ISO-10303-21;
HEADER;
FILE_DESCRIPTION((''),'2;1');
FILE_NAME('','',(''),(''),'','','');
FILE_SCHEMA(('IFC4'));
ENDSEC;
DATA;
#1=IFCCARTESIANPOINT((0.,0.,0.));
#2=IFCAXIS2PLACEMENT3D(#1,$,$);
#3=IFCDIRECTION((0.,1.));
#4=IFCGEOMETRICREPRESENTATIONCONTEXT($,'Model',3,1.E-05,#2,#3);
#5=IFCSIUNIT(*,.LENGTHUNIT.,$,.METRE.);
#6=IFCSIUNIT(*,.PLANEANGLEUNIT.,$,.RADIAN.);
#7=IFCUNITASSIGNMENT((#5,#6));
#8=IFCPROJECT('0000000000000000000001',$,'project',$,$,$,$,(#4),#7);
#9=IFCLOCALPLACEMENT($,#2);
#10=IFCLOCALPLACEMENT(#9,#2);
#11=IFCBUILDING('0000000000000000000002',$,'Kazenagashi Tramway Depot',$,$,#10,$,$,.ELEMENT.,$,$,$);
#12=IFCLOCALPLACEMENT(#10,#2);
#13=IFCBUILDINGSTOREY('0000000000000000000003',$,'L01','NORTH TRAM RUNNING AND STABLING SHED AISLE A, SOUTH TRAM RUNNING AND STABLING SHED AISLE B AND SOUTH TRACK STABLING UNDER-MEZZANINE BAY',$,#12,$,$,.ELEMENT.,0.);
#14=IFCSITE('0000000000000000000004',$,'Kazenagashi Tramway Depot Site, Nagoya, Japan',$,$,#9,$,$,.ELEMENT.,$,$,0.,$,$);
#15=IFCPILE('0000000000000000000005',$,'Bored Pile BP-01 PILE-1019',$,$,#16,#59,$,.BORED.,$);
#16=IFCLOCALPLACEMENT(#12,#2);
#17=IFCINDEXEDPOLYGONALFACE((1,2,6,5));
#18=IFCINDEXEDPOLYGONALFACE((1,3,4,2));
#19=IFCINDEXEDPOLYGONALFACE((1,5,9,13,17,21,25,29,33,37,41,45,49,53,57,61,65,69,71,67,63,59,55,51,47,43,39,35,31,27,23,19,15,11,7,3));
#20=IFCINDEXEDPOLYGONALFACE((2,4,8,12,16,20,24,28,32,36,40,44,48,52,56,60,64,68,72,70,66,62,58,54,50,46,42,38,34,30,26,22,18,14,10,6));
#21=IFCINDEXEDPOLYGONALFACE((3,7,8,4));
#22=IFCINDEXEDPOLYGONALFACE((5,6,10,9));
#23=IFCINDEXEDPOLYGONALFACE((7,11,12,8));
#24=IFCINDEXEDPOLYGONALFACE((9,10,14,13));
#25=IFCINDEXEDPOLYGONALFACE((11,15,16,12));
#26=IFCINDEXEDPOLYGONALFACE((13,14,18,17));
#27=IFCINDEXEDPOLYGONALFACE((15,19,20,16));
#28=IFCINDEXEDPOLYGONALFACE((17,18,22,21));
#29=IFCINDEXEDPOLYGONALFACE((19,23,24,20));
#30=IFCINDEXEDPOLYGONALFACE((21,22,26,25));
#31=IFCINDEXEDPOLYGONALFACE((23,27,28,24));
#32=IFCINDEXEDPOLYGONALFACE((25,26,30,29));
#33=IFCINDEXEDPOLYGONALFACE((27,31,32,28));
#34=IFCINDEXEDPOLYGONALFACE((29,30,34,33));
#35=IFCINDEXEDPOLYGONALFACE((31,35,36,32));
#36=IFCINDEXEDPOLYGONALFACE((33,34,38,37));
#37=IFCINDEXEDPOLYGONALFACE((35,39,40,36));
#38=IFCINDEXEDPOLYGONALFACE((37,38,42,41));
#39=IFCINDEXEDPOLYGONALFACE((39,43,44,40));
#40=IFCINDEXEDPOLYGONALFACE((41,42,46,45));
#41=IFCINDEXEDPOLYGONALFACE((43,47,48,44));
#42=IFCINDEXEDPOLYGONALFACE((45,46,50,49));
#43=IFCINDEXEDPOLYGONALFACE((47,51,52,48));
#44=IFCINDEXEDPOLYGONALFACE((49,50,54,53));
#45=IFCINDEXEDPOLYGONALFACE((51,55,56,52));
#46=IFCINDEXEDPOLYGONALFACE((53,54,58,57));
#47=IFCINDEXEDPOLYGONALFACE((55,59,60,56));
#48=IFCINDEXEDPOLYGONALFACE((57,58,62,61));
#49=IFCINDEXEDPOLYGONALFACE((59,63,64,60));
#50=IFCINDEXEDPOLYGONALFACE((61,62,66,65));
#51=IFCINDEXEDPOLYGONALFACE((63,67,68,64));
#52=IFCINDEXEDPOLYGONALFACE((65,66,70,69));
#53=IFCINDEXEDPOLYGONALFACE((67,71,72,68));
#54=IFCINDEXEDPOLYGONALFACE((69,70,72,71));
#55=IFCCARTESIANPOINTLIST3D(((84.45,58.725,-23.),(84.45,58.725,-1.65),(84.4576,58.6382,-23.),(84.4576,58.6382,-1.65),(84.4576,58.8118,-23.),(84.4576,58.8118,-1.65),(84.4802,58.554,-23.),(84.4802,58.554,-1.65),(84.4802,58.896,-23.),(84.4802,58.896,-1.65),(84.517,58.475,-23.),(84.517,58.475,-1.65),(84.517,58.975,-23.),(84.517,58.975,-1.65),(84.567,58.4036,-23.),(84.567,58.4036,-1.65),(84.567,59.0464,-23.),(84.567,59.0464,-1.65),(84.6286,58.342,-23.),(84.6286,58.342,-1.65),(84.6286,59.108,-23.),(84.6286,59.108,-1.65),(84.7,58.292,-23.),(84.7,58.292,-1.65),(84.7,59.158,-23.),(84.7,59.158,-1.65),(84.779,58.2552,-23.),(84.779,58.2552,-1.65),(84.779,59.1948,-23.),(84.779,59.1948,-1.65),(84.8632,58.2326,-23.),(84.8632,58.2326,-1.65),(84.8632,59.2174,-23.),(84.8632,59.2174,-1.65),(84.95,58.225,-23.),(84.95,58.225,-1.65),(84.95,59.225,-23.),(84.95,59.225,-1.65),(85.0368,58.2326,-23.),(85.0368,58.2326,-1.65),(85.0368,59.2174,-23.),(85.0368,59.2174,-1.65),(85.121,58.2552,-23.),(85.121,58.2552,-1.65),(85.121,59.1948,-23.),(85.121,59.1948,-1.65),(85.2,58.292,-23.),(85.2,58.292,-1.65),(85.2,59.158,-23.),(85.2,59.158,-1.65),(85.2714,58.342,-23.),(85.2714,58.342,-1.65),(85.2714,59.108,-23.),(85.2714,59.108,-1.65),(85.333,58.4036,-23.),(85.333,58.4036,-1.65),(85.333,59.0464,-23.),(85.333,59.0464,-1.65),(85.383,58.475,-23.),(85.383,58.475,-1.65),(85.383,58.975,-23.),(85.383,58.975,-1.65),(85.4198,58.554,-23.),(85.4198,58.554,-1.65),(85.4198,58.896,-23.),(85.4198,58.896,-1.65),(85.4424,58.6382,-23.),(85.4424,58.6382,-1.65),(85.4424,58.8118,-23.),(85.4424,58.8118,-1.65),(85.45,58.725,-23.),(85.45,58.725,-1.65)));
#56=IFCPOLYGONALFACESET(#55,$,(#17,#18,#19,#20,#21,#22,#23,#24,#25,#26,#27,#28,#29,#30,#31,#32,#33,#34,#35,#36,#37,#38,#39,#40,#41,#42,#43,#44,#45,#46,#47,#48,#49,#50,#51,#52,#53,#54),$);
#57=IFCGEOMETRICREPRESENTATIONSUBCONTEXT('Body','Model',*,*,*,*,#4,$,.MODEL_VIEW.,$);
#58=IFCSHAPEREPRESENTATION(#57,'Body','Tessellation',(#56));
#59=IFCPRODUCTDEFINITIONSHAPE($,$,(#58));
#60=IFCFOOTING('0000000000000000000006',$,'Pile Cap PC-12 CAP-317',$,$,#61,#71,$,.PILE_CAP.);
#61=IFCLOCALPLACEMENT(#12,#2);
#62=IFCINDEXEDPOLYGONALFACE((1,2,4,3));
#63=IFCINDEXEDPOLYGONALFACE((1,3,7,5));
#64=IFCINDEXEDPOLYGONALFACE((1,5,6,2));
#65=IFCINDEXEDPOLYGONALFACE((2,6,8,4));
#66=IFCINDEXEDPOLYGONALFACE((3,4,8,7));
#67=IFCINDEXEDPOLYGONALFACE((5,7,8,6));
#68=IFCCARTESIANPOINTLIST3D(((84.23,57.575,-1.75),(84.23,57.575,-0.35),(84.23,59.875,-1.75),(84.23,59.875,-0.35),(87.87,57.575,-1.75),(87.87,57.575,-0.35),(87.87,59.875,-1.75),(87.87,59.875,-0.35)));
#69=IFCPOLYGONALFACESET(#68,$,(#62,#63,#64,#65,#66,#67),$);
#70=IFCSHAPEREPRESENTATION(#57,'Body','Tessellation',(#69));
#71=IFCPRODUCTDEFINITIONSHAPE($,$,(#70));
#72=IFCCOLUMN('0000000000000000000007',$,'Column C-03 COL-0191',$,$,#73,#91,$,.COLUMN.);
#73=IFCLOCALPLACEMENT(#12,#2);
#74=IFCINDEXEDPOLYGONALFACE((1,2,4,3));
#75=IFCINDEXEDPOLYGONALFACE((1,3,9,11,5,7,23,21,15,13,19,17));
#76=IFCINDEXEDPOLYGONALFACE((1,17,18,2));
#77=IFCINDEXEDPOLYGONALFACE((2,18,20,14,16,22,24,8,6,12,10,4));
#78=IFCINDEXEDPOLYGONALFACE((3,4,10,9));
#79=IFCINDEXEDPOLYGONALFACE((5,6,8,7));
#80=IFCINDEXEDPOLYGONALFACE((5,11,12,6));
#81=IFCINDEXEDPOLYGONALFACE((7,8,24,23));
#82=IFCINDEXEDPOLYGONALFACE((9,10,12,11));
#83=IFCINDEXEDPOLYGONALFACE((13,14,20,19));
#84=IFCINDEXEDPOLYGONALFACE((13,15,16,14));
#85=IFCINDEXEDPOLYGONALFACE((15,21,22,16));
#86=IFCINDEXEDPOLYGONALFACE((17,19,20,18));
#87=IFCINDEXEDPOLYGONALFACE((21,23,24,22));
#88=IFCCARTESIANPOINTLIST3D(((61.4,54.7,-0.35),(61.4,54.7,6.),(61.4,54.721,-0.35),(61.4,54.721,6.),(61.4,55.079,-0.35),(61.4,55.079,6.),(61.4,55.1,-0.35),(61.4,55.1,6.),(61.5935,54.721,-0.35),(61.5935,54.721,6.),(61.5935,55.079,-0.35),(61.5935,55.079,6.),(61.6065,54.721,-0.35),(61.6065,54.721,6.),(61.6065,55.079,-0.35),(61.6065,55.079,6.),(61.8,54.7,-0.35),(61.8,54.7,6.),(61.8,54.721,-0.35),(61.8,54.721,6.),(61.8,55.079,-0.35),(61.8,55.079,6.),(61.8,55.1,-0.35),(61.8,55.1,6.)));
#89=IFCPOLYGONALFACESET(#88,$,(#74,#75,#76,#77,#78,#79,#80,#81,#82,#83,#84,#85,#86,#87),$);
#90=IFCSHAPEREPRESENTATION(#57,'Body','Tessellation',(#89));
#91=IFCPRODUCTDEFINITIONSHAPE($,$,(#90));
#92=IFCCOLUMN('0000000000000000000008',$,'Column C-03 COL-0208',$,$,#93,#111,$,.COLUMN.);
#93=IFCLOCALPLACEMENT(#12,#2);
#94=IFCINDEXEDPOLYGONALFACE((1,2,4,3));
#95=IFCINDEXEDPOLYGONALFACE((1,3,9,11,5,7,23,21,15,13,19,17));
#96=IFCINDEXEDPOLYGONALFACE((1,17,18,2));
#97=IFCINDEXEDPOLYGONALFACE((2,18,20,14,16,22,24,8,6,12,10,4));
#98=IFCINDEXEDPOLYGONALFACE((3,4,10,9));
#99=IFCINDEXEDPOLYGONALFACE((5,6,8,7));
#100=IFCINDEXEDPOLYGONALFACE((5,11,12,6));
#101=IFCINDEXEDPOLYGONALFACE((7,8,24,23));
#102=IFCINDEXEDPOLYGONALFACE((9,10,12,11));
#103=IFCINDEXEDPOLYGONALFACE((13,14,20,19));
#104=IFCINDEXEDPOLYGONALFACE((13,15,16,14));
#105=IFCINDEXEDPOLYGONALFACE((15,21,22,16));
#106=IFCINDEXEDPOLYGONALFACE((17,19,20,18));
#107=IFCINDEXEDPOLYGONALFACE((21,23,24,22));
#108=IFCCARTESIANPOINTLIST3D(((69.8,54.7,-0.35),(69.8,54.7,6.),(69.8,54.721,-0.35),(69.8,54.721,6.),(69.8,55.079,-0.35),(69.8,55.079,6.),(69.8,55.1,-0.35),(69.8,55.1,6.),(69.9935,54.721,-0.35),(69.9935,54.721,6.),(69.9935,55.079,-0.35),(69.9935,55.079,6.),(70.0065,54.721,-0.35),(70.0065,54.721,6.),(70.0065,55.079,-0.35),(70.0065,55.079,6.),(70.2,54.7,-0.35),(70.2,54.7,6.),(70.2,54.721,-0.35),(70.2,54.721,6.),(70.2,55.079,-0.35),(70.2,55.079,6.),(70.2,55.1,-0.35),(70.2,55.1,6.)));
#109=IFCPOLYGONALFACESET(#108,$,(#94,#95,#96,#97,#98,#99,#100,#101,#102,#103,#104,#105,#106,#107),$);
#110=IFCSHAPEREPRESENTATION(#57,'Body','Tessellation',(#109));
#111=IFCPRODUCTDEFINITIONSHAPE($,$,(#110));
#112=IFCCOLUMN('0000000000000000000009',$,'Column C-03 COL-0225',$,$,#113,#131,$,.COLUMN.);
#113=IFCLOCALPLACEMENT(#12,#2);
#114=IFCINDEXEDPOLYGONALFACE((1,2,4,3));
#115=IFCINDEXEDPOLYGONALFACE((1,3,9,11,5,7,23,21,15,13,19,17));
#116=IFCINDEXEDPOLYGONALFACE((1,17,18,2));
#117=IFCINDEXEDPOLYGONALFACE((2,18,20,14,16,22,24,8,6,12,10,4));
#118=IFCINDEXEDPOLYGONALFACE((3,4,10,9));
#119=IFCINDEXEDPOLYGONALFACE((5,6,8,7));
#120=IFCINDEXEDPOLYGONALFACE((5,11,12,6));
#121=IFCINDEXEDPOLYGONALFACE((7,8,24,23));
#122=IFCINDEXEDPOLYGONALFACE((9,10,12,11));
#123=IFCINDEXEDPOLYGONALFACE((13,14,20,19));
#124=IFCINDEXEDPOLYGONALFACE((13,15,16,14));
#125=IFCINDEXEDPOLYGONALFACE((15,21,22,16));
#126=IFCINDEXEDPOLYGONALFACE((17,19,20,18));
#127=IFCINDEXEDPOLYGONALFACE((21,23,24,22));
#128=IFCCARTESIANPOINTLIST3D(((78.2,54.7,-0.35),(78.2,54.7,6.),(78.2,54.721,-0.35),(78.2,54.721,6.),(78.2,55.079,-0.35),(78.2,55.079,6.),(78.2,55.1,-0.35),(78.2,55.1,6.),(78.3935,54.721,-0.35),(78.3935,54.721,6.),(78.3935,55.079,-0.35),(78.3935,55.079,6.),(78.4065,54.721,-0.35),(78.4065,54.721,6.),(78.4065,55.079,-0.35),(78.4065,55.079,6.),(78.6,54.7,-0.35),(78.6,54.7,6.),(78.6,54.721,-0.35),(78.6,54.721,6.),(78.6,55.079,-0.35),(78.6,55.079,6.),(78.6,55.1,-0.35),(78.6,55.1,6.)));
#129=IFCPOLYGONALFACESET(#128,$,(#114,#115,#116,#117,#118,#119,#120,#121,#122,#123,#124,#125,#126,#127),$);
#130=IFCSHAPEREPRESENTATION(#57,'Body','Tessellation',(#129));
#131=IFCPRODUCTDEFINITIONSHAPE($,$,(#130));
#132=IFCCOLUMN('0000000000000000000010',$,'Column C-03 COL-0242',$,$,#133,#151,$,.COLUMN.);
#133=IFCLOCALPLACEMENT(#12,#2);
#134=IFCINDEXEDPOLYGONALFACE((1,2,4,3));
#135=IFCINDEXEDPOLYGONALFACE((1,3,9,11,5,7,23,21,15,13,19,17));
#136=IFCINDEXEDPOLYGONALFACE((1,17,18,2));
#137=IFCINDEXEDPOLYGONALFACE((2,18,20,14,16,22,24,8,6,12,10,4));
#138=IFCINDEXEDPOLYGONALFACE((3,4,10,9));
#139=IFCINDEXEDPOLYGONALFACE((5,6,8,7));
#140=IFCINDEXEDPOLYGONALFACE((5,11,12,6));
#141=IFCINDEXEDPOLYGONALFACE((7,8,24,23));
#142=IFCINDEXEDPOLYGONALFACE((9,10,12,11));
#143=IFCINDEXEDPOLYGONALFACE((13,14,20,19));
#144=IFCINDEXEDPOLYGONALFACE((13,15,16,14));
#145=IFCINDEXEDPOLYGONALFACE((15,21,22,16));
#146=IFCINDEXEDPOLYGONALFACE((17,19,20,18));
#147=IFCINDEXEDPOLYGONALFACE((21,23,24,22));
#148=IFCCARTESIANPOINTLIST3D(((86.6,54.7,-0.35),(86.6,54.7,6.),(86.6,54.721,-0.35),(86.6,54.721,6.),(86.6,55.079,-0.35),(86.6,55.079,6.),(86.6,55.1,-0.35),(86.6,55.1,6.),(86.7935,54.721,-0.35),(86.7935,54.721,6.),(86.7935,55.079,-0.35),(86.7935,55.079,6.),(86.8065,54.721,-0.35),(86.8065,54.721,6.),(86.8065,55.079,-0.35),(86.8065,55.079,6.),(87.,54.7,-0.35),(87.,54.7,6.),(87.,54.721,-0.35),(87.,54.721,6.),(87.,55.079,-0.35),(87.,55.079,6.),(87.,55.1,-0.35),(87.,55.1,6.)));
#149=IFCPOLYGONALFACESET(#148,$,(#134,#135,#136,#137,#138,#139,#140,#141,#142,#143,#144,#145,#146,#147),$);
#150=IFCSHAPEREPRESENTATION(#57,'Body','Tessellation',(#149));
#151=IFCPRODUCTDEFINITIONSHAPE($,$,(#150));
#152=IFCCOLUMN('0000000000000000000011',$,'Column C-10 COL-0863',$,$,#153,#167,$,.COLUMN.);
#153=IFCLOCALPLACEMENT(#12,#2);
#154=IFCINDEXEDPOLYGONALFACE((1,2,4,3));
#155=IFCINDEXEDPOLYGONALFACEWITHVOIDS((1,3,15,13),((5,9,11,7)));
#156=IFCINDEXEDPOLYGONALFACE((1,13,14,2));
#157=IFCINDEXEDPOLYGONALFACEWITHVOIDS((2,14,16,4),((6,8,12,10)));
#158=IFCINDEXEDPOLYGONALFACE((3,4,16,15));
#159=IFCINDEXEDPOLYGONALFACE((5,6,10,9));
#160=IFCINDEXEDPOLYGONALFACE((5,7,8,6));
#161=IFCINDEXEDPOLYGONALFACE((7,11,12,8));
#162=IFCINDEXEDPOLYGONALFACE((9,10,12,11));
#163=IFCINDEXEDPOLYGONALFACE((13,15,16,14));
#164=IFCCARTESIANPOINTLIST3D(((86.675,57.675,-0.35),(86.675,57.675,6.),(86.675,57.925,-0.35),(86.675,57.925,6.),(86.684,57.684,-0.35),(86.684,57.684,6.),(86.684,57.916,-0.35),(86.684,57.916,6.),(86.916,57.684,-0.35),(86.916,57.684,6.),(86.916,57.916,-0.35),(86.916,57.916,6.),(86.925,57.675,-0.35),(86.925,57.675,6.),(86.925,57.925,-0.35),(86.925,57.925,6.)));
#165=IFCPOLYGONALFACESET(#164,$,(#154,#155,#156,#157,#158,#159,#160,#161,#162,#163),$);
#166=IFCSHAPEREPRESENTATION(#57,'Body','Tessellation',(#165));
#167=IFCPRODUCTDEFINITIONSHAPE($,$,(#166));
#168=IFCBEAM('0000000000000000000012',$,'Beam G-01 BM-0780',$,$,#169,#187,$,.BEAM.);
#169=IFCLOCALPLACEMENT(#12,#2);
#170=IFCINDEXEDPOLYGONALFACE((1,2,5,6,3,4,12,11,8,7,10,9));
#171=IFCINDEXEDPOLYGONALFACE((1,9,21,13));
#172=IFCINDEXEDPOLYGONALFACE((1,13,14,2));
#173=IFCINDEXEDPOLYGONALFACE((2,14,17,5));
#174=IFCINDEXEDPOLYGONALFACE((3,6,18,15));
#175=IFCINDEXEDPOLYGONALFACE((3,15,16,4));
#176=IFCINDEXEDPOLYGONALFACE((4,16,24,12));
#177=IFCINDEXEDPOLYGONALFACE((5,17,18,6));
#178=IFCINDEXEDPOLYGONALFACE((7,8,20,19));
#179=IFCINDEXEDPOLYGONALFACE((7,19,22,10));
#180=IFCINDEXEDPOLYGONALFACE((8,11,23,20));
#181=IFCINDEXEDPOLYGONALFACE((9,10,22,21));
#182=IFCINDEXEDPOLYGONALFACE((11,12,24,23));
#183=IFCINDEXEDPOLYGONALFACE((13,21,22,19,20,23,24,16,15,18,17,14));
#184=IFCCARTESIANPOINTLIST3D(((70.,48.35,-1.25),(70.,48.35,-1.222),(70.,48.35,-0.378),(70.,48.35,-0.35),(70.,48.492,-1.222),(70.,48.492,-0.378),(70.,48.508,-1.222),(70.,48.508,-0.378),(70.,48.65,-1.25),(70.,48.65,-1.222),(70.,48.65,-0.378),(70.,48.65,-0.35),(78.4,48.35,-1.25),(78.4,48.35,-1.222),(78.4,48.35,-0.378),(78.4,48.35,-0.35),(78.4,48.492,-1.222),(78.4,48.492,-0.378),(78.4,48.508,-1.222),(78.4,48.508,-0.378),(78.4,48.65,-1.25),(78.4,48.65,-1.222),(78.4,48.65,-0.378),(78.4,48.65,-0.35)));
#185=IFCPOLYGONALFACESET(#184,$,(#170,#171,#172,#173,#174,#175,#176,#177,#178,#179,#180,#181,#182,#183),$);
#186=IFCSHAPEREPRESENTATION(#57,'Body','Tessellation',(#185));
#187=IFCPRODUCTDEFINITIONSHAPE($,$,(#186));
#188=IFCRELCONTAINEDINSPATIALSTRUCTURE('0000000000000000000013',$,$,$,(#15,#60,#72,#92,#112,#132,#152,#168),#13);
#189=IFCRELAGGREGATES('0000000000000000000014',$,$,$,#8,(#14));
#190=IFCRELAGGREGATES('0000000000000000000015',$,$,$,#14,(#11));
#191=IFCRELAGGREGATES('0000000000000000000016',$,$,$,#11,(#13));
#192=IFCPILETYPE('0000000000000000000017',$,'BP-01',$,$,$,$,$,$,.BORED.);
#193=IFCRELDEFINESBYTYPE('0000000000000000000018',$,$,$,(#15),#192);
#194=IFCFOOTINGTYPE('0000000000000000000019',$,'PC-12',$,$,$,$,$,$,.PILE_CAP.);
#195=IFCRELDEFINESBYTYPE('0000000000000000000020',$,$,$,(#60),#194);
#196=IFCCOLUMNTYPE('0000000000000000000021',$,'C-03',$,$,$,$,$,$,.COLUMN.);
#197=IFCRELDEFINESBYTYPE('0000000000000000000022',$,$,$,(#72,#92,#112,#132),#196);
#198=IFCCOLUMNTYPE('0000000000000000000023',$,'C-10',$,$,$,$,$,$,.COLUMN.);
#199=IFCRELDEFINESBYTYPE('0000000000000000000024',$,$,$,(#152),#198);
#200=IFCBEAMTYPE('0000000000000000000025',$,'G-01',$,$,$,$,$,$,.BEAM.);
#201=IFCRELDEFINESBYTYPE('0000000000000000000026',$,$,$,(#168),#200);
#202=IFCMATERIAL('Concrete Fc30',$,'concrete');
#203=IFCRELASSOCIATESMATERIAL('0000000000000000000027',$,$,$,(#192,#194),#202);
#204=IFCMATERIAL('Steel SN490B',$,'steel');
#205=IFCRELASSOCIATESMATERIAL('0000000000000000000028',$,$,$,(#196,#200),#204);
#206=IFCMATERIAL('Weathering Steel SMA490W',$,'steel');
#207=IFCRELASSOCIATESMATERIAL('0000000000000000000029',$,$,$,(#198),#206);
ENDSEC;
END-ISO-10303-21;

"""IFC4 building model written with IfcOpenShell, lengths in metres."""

from ifc_helpers import new_model, si_unit, direction, frame, origin, origin_2d, place, context, subcontext, project, spatial, rectangle, hollow_rectangle, circle, i_section, extrude, material, material_profile, profile_set, type_object, element, save


model = new_model("IFC4")

# Units and contexts
model_context = context("Model", 3, precision=1e-05, world=origin(), true_north=direction((0.0, 1.0)))
body_context = subcontext(model_context, "Body", "Model", "MODEL_VIEW")
ifc_project = project(units=[si_unit("LENGTHUNIT", "METRE"), si_unit("PLANEANGLEUNIT", "RADIAN")], contexts=[model_context])

# Site, building, storey
site_placement = place(None, origin())
site = spatial("IfcSite", under=ifc_project, at=site_placement, Name="Kazenagashi Tramway Depot Site, Nagoya, Japan", CompositionType="ELEMENT", RefElevation=0.0)
building_placement = place(site_placement, origin())
building = spatial("IfcBuilding", under=site, at=building_placement, Name="Kazenagashi Tramway Depot", CompositionType="ELEMENT")
storey_placement = place(building_placement, origin())
storey = spatial("IfcBuildingStorey", under=building, at=storey_placement, Name="L01", Description="NORTH TRAM RUNNING AND STABLING SHED AISLE A, SOUTH TRAM RUNNING AND STABLING SHED AISLE B AND SOUTH TRACK STABLING UNDER-MEZZANINE BAY", CompositionType="ELEMENT", Elevation=0.0)

# Pile
ifc_material_1 = material(Name="Concrete Fc30", Category="concrete")
ifc_material_profile_1 = material_profile(ifc_material_1, circle(Radius=0.5, at=origin_2d()), Name="PILE-1000")
ifc_profile_set_1 = profile_set([ifc_material_profile_1], Name="Concrete Fc30")
pile_type = type_object("IfcPileType", Name="BP-01", PredefinedType="BORED", material=ifc_profile_set_1)
pile_placement = place(storey_placement, frame((84.95, 58.725, -1.65), z_axis=(0.0, 0.0, -1.0), x_axis=(1.0, 0.0, 0.0)))
element("IfcPile", 1, at=pile_placement, inside=storey, type_object=pile_type, Name="Bored Pile BP-01 PILE-1019", PredefinedType="BORED", context=body_context, shape_type="SweptSolid", body=[
    extrude(circle(Radius=0.5, at=origin_2d()), origin(), (0.0, 0.0, 1.0), 21.35),
])

# Footing
footing_type = type_object("IfcFootingType", Name="PC-12", PredefinedType="PILE_CAP", material=ifc_material_1)
footing_placement = place(storey_placement, frame((86.05, 58.725, -1.75), z_axis=(0.0, 0.0, 1.0), x_axis=(1.0, 0.0, 0.0)))
element("IfcFooting", 2, at=footing_placement, inside=storey, type_object=footing_type, Name="Pile Cap PC-12 CAP-317", PredefinedType="PILE_CAP", context=body_context, shape_type="SweptSolid", body=[
    extrude(rectangle(XDim=3.64, YDim=2.3, at=origin_2d()), origin(), (0.0, 0.0, 1.0), 1.4),
])

# Columns
ifc_material_2 = material(Name="Steel SN490B", Category="steel")
ifc_material_profile_2 = material_profile(ifc_material_2, i_section(OverallWidth=0.4, OverallDepth=0.4, WebThickness=0.013, FlangeThickness=0.021, at=origin_2d()), Name="H-400x400x13x21")
ifc_profile_set_2 = profile_set([ifc_material_profile_2], Name="Steel SN490B")
column_type_1 = type_object("IfcColumnType", Name="C-03", PredefinedType="COLUMN", material=ifc_profile_set_2)
for number, where, z_axis, x_axis, name in (
    (3, (61.6, 54.9, -0.35), (0.0, 0.0, 1.0), (1.0, 0.0, 0.0), "Column C-03 COL-0191"),
    (4, (70.0, 54.9, -0.35), (0.0, 0.0, 1.0), (1.0, 0.0, 0.0), "Column C-03 COL-0208"),
    (5, (78.4, 54.9, -0.35), (0.0, 0.0, 1.0), (1.0, 0.0, 0.0), "Column C-03 COL-0225"),
    (6, (86.8, 54.9, -0.35), (0.0, 0.0, 1.0), (1.0, 0.0, 0.0), "Column C-03 COL-0242"),
):
    element("IfcColumn", number, at=place(storey_placement, frame(where, z_axis=z_axis, x_axis=x_axis)), inside=storey, type_object=column_type_1, Name=name, PredefinedType="COLUMN", context=body_context, shape_type="SweptSolid", body=[
        extrude(i_section(OverallWidth=0.4, OverallDepth=0.4, WebThickness=0.013, FlangeThickness=0.021, at=origin_2d()), origin(), (0.0, 0.0, 1.0), 6.35),
    ])
ifc_material_3 = material(Name="Weathering Steel SMA490W", Category="steel")
ifc_material_profile_3 = material_profile(ifc_material_3, hollow_rectangle(XDim=0.25, YDim=0.25, WallThickness=0.009, at=origin_2d()), Name="SHS-250x250x9")
ifc_profile_set_3 = profile_set([ifc_material_profile_3], Name="Weathering Steel SMA490W")
column_type_2 = type_object("IfcColumnType", Name="C-10", PredefinedType="COLUMN", material=ifc_profile_set_3)
column_placement = place(storey_placement, frame((86.8, 57.8, -0.35), z_axis=(0.0, 0.0, 1.0), x_axis=(1.0, 0.0, 0.0)))
element("IfcColumn", 7, at=column_placement, inside=storey, type_object=column_type_2, Name="Column C-10 COL-0863", PredefinedType="COLUMN", context=body_context, shape_type="SweptSolid", body=[
    extrude(hollow_rectangle(XDim=0.25, YDim=0.25, WallThickness=0.009, at=origin_2d()), origin(), (0.0, 0.0, 1.0), 6.35),
])

# Beam
ifc_material_profile_4 = material_profile(ifc_material_2, i_section(OverallWidth=0.3, OverallDepth=0.9, WebThickness=0.016, FlangeThickness=0.028, at=origin_2d()), Name="H-900x300x16x28")
ifc_profile_set_4 = profile_set([ifc_material_profile_4], Name="Steel SN490B")
beam_type_1 = type_object("IfcBeamType", Name="G-01", PredefinedType="BEAM", material=ifc_profile_set_4)
for number, where, z_axis, x_axis, name in (
    (8, (70.0, 48.5, -0.8), (1.0, 0.0, 0.0), (0.0, 1.0, 0.0), "Beam G-01 BM-0780"),
):
    element("IfcBeam", number, at=place(storey_placement, frame(where, z_axis=z_axis, x_axis=x_axis)), inside=storey, type_object=beam_type_1, Name=name, PredefinedType="BEAM", context=body_context, shape_type="SweptSolid", body=[
        extrude(i_section(OverallWidth=0.3, OverallDepth=0.9, WebThickness=0.016, FlangeThickness=0.028, at=origin_2d()), origin(), (0.0, 0.0, 1.0), 8.4),
    ])

save(model, "model.ifc")
